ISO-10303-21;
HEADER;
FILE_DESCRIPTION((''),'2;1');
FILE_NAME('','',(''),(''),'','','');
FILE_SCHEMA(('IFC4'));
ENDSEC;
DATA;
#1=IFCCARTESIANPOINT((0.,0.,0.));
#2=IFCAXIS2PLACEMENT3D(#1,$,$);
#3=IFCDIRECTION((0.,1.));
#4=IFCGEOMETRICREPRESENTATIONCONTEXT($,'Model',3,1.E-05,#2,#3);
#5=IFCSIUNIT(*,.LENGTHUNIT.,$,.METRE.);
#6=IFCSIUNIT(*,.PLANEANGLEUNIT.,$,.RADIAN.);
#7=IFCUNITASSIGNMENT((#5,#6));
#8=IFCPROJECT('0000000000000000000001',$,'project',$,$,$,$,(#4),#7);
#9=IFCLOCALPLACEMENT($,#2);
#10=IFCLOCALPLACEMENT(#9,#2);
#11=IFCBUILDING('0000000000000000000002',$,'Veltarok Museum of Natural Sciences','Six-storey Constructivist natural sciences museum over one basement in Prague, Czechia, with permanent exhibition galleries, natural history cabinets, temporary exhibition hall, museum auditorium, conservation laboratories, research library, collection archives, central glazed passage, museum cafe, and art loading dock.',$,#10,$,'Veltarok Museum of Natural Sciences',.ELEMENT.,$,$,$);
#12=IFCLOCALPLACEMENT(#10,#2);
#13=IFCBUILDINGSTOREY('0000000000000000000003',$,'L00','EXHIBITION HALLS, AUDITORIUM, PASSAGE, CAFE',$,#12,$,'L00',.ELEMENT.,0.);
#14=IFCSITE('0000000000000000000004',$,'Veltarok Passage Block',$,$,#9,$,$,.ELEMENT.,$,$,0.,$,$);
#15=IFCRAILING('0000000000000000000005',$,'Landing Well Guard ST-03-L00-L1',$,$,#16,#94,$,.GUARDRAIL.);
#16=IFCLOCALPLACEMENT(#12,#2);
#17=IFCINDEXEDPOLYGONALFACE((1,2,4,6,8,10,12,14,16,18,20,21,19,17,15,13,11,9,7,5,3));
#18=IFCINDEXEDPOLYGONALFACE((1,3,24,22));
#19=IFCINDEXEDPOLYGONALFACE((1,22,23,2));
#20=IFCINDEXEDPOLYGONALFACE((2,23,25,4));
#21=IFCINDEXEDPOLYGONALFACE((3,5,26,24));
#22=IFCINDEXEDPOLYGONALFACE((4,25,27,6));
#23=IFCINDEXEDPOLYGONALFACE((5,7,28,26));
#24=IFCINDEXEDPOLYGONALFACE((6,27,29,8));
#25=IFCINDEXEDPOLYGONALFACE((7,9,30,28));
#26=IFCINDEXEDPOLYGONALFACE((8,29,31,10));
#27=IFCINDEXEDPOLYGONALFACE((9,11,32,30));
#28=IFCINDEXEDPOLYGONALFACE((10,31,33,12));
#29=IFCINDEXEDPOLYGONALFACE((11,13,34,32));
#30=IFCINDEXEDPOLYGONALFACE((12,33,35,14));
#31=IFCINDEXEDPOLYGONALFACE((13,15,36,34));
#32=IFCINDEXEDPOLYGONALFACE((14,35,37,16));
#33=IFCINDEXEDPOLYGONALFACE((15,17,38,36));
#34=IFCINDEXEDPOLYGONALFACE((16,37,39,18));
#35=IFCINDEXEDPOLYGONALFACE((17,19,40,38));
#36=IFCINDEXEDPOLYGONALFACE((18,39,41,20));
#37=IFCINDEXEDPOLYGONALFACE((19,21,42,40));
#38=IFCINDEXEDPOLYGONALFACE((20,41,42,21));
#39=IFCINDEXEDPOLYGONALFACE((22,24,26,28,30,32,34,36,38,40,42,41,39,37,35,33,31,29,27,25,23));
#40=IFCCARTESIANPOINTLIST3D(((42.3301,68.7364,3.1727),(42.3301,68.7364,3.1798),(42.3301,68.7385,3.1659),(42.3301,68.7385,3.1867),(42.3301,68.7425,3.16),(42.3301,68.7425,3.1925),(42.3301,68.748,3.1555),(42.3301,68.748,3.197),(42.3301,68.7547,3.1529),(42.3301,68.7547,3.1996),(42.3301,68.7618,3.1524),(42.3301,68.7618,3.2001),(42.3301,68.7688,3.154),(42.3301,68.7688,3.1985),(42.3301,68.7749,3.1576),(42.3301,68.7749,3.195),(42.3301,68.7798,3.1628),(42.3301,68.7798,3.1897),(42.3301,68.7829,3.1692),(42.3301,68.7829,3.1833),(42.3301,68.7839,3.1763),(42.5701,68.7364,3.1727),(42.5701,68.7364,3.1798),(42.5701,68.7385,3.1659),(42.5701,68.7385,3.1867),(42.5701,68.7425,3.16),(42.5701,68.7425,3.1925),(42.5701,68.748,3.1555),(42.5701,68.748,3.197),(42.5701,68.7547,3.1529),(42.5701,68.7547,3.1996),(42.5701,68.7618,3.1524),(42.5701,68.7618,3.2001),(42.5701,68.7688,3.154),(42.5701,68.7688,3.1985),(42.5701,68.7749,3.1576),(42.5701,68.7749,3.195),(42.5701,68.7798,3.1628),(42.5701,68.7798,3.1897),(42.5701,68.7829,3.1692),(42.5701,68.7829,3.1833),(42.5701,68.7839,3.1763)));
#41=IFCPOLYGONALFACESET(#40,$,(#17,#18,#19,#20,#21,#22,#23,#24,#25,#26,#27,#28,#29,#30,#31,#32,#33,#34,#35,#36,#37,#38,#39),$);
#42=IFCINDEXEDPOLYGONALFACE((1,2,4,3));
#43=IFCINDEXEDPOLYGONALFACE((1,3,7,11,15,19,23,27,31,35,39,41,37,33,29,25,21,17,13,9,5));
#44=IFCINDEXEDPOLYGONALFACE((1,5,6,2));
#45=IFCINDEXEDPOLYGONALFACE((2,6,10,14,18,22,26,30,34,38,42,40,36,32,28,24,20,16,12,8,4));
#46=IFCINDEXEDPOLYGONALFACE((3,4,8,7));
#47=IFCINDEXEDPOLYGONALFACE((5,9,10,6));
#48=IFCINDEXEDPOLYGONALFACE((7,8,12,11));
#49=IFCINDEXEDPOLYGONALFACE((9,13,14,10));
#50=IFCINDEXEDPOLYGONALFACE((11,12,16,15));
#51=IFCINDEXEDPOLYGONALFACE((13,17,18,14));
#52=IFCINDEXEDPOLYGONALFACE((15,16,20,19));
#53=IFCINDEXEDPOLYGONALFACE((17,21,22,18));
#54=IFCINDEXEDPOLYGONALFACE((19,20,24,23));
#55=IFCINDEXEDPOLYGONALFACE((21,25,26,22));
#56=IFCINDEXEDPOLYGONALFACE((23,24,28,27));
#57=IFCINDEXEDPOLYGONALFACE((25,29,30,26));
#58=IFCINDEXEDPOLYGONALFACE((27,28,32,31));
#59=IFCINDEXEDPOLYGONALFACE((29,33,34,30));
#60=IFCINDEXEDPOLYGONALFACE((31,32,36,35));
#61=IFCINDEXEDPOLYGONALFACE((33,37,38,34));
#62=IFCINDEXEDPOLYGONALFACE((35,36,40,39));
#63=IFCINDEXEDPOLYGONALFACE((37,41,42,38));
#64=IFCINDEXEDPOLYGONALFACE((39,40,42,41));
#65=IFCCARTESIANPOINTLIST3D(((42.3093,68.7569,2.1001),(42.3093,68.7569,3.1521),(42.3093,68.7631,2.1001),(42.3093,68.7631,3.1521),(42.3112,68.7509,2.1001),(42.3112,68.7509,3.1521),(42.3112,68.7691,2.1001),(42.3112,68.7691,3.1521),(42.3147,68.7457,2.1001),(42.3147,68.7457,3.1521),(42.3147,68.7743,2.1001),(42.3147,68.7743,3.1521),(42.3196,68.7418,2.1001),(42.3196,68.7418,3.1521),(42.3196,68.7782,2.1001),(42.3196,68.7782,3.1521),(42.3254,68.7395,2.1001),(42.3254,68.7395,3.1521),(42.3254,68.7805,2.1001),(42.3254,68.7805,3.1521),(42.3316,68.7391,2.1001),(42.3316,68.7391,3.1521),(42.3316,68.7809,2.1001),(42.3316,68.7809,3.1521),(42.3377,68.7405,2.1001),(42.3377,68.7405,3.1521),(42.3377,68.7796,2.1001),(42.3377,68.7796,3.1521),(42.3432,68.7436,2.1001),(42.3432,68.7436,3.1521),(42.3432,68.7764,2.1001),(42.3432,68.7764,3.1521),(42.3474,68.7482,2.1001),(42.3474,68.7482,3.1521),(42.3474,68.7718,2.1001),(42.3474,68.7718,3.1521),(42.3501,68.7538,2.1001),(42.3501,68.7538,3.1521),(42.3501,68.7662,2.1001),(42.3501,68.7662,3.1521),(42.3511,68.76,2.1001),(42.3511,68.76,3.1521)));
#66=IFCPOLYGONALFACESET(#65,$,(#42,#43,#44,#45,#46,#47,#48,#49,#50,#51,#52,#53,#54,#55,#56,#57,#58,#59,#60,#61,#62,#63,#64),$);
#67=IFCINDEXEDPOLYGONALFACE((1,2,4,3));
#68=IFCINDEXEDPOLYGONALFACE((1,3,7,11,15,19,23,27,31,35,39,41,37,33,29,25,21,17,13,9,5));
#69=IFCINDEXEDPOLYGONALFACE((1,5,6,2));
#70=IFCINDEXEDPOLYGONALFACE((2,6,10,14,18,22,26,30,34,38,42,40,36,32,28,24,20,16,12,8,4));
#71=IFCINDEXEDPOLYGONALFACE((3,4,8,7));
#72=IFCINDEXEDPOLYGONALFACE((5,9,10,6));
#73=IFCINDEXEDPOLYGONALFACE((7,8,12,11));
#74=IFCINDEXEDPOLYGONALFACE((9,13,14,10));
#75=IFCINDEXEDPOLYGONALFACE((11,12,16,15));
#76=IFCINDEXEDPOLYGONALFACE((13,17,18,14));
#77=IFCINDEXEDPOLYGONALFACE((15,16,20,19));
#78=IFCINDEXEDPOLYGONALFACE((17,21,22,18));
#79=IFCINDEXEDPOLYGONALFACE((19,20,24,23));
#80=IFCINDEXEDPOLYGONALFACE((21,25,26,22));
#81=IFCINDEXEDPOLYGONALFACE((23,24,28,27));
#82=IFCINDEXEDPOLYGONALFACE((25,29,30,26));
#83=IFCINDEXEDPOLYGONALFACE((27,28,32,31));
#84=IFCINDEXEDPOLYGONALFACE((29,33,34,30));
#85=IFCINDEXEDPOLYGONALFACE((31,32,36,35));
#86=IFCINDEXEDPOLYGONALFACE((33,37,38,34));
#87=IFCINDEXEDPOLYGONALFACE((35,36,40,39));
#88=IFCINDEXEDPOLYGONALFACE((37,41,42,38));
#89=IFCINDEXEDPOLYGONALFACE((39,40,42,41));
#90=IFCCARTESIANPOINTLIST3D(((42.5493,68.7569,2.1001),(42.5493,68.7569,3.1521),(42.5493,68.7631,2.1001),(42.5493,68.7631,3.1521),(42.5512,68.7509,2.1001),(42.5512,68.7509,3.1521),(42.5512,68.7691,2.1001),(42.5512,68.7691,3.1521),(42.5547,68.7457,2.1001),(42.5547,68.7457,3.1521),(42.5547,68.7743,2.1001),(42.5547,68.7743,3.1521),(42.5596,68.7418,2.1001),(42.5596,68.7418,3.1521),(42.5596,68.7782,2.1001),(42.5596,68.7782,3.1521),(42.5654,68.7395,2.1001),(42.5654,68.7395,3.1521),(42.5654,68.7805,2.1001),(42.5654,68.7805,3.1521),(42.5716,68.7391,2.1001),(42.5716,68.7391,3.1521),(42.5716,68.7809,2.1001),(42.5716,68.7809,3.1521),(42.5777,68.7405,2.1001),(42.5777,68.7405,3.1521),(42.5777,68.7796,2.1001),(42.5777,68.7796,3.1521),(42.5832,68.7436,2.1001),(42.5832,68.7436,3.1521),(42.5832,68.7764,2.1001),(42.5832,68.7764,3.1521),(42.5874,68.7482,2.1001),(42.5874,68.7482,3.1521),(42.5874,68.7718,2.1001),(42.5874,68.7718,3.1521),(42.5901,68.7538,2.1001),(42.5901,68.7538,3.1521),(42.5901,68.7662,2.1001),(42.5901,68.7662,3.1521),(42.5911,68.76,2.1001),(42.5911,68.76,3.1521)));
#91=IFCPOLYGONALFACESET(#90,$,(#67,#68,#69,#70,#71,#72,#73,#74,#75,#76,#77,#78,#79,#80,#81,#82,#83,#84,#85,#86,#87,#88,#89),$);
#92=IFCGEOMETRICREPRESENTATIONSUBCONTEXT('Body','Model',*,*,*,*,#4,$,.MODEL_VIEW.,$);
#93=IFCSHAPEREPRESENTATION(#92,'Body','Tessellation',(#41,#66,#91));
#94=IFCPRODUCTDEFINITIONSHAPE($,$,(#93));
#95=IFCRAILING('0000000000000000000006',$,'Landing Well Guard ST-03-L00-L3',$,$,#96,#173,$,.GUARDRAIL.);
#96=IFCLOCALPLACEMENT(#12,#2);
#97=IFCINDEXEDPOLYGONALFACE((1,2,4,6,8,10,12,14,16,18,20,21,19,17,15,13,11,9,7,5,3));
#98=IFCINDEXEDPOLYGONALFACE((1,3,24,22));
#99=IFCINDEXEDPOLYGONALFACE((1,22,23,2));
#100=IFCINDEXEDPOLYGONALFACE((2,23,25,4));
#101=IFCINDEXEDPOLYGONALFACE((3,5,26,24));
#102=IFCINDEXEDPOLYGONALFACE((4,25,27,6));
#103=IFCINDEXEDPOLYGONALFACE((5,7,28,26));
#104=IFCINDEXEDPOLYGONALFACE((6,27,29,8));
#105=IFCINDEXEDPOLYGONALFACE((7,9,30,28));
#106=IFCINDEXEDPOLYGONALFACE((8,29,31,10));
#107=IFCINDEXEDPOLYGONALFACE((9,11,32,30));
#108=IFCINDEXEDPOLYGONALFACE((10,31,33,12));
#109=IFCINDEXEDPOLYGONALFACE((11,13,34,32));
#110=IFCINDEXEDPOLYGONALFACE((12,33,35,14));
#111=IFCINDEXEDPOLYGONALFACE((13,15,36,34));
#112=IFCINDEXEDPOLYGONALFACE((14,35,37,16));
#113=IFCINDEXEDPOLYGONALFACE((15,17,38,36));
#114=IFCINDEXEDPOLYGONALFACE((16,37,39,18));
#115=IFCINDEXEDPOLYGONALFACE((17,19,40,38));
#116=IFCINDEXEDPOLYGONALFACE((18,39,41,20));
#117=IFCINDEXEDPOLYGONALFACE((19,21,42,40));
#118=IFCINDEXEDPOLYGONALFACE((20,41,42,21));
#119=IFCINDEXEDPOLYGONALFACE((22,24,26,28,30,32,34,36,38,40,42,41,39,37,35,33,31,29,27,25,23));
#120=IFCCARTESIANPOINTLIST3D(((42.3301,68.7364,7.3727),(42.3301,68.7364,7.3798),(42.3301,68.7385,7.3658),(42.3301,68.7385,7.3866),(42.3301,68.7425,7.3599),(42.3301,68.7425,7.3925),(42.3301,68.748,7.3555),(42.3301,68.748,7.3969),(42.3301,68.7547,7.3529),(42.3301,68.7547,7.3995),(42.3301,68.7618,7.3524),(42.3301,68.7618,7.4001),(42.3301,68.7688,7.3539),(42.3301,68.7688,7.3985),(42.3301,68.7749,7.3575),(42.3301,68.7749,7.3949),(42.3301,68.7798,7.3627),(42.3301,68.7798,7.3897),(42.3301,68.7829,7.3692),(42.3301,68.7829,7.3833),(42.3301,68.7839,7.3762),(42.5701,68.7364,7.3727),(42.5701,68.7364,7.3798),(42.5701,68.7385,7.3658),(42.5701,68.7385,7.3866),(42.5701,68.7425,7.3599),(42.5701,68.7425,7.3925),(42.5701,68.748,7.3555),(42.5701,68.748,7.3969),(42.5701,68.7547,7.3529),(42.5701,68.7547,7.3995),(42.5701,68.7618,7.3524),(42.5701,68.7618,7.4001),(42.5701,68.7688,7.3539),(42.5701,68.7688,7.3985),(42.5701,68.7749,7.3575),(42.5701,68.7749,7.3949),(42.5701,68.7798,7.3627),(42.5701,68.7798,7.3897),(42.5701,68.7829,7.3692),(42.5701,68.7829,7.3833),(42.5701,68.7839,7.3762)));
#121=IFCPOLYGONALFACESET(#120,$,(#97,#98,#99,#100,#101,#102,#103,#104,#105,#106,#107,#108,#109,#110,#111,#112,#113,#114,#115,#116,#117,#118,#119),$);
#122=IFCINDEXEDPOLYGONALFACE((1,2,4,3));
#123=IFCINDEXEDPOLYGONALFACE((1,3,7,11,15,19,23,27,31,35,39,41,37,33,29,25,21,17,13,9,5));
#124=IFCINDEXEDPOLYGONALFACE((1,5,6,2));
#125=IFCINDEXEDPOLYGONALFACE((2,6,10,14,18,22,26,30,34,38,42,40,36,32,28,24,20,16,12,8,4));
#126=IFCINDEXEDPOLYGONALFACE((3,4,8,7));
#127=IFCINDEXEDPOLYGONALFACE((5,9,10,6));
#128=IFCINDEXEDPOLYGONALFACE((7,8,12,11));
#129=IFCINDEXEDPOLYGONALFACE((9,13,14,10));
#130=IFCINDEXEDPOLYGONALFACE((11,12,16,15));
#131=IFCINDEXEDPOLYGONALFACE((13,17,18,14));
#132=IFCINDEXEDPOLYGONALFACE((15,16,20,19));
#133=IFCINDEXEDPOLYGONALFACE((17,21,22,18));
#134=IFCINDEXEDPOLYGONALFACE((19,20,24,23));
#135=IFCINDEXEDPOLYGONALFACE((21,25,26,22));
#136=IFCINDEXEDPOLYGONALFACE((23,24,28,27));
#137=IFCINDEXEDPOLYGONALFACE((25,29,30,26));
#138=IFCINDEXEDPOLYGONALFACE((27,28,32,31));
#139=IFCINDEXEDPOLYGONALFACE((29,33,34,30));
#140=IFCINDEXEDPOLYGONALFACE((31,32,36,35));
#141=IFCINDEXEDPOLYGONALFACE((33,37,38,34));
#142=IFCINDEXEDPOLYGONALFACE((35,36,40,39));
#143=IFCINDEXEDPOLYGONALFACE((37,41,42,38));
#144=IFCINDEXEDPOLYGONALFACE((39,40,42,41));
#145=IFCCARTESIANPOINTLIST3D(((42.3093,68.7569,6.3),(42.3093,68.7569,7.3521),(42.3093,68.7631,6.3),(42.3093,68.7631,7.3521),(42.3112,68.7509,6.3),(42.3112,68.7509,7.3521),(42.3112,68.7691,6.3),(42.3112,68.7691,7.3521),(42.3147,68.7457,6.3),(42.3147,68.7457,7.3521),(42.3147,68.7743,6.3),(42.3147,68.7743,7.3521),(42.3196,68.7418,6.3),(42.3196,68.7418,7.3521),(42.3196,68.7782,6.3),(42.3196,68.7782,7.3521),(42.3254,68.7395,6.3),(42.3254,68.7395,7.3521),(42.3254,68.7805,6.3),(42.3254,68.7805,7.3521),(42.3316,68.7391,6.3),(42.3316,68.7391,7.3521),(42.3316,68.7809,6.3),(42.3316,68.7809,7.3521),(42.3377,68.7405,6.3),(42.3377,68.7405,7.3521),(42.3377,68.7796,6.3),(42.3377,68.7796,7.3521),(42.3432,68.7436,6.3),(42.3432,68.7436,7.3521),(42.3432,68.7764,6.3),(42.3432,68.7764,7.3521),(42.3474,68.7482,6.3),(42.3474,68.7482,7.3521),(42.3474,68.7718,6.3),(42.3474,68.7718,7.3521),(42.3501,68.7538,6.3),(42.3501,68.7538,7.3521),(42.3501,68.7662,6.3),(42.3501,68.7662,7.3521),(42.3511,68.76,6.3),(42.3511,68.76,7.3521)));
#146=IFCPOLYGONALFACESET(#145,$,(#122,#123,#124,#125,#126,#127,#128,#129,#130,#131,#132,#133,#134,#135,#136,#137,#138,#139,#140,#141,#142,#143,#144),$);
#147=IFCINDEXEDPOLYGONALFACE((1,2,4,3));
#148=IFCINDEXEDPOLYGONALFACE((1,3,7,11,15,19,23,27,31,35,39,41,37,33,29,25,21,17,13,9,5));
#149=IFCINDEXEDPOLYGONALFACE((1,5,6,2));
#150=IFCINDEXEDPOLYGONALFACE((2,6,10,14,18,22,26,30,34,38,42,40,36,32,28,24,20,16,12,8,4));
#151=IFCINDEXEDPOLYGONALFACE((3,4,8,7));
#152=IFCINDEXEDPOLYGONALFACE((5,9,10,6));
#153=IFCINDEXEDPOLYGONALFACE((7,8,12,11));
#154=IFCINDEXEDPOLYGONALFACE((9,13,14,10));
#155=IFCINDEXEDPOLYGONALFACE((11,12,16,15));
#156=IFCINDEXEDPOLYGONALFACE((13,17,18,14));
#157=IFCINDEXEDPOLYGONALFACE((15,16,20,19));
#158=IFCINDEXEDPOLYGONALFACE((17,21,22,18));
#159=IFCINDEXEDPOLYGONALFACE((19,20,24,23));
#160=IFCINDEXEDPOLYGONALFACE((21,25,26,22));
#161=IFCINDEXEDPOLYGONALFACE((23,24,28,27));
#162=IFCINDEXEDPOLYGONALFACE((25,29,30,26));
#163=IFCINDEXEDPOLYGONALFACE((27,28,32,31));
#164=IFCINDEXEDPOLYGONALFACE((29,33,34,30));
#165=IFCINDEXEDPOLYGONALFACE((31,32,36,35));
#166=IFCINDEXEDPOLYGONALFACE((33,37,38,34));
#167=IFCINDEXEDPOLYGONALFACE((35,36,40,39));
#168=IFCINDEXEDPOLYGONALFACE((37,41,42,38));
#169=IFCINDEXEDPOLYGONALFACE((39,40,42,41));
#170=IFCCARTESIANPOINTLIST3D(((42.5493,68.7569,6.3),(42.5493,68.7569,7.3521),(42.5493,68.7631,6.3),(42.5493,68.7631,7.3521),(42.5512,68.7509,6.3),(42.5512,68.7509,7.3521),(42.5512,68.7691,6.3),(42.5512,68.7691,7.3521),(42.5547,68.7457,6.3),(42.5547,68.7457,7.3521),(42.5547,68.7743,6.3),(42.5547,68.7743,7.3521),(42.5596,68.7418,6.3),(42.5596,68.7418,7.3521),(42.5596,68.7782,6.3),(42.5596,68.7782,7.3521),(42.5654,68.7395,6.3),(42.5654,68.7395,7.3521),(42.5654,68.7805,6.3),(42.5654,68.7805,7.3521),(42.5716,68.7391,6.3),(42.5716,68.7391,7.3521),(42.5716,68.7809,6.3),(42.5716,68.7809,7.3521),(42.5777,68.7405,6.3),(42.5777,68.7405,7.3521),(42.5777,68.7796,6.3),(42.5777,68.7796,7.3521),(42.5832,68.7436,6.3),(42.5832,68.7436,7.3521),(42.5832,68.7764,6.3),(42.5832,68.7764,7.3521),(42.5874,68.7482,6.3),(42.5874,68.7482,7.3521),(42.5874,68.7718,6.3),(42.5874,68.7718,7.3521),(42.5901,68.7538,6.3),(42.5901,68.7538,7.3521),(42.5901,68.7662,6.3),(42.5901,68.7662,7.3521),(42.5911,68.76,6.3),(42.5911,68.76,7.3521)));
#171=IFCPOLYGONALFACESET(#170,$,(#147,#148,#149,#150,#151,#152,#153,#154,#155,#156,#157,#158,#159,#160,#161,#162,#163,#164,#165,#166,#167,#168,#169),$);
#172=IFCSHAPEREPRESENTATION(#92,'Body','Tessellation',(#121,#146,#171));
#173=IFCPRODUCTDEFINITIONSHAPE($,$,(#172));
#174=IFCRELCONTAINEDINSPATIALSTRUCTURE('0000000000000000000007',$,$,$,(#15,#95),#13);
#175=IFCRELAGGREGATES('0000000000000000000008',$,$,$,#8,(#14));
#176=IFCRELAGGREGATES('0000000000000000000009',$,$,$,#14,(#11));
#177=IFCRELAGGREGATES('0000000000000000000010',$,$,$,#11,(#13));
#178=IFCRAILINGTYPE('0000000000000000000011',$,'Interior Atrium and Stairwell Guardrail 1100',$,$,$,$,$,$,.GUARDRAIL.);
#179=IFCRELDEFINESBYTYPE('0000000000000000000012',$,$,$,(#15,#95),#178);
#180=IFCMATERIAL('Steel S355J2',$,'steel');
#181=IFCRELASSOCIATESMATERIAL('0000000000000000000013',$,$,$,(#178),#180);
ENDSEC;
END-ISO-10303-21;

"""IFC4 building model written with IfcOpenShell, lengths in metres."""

from ifc_helpers import new_model, si_unit, direction, frame, origin, origin_2d, place, context, subcontext, project, spatial, circle, extrude, material, type_object, element, save


model = new_model("IFC4")

# Units and contexts
model_context = context("Model", 3, precision=1e-05, world=origin(), true_north=direction((0.0, 1.0)))
body_context = subcontext(model_context, "Body", "Model", "MODEL_VIEW")
ifc_project = project(units=[si_unit("LENGTHUNIT", "METRE"), si_unit("PLANEANGLEUNIT", "RADIAN")], contexts=[model_context])

# Site, building, storey
site_placement = place(None, origin())
site = spatial("IfcSite", under=ifc_project, at=site_placement, Name="Veltarok Passage Block", CompositionType="ELEMENT", RefElevation=0.0)
building_placement = place(site_placement, origin())
building = spatial("IfcBuilding", under=site, at=building_placement, Name="Veltarok Museum of Natural Sciences", Description="Six-storey Constructivist natural sciences museum over one basement in Prague, Czechia, with permanent exhibition galleries, natural history cabinets, temporary exhibition hall, museum auditorium, conservation laboratories, research library, collection archives, central glazed passage, museum cafe, and art loading dock.", LongName="Veltarok Museum of Natural Sciences", CompositionType="ELEMENT")
storey_placement = place(building_placement, origin())
storey = spatial("IfcBuildingStorey", under=building, at=storey_placement, Name="L00", Description="EXHIBITION HALLS, AUDITORIUM, PASSAGE, CAFE", LongName="L00", CompositionType="ELEMENT", Elevation=0.0)

# Railings
ifc_material_1 = material(Name="Steel S355J2", Category="steel")
railing_type_1 = type_object("IfcRailingType", Name="Interior Atrium and Stairwell Guardrail 1100", PredefinedType="GUARDRAIL", material=ifc_material_1)
for number, where, name in (
    (1, (42.3301, 68.76, 2.1001), "Landing Well Guard ST-03-L00-L1"),
    (2, (42.3301, 68.76, 6.3), "Landing Well Guard ST-03-L00-L3"),
):
    element("IfcRailing", number, at=place(storey_placement, frame(where)), inside=storey, type_object=railing_type_1, Name=name, PredefinedType="GUARDRAIL", context=body_context, shape_type="SweptSolid", body=[
        extrude(circle(Radius=0.0239, at=origin_2d()), frame((0.0, 0.0, 1.0762), z_axis=(1.0, 0.0, 0.0), x_axis=(0.0, 1.0, 0.0)), (0.0, 0.0, 1.0), 0.24),
        extrude(circle(Radius=0.021, at=origin_2d()), origin(), (0.0, 0.0, 1.0), 1.052),
        extrude(circle(Radius=0.021, at=origin_2d()), frame((0.24, 0.0, 0.0)), (0.0, 0.0, 1.0), 1.052),
    ])

save(model, "model.ifc")
